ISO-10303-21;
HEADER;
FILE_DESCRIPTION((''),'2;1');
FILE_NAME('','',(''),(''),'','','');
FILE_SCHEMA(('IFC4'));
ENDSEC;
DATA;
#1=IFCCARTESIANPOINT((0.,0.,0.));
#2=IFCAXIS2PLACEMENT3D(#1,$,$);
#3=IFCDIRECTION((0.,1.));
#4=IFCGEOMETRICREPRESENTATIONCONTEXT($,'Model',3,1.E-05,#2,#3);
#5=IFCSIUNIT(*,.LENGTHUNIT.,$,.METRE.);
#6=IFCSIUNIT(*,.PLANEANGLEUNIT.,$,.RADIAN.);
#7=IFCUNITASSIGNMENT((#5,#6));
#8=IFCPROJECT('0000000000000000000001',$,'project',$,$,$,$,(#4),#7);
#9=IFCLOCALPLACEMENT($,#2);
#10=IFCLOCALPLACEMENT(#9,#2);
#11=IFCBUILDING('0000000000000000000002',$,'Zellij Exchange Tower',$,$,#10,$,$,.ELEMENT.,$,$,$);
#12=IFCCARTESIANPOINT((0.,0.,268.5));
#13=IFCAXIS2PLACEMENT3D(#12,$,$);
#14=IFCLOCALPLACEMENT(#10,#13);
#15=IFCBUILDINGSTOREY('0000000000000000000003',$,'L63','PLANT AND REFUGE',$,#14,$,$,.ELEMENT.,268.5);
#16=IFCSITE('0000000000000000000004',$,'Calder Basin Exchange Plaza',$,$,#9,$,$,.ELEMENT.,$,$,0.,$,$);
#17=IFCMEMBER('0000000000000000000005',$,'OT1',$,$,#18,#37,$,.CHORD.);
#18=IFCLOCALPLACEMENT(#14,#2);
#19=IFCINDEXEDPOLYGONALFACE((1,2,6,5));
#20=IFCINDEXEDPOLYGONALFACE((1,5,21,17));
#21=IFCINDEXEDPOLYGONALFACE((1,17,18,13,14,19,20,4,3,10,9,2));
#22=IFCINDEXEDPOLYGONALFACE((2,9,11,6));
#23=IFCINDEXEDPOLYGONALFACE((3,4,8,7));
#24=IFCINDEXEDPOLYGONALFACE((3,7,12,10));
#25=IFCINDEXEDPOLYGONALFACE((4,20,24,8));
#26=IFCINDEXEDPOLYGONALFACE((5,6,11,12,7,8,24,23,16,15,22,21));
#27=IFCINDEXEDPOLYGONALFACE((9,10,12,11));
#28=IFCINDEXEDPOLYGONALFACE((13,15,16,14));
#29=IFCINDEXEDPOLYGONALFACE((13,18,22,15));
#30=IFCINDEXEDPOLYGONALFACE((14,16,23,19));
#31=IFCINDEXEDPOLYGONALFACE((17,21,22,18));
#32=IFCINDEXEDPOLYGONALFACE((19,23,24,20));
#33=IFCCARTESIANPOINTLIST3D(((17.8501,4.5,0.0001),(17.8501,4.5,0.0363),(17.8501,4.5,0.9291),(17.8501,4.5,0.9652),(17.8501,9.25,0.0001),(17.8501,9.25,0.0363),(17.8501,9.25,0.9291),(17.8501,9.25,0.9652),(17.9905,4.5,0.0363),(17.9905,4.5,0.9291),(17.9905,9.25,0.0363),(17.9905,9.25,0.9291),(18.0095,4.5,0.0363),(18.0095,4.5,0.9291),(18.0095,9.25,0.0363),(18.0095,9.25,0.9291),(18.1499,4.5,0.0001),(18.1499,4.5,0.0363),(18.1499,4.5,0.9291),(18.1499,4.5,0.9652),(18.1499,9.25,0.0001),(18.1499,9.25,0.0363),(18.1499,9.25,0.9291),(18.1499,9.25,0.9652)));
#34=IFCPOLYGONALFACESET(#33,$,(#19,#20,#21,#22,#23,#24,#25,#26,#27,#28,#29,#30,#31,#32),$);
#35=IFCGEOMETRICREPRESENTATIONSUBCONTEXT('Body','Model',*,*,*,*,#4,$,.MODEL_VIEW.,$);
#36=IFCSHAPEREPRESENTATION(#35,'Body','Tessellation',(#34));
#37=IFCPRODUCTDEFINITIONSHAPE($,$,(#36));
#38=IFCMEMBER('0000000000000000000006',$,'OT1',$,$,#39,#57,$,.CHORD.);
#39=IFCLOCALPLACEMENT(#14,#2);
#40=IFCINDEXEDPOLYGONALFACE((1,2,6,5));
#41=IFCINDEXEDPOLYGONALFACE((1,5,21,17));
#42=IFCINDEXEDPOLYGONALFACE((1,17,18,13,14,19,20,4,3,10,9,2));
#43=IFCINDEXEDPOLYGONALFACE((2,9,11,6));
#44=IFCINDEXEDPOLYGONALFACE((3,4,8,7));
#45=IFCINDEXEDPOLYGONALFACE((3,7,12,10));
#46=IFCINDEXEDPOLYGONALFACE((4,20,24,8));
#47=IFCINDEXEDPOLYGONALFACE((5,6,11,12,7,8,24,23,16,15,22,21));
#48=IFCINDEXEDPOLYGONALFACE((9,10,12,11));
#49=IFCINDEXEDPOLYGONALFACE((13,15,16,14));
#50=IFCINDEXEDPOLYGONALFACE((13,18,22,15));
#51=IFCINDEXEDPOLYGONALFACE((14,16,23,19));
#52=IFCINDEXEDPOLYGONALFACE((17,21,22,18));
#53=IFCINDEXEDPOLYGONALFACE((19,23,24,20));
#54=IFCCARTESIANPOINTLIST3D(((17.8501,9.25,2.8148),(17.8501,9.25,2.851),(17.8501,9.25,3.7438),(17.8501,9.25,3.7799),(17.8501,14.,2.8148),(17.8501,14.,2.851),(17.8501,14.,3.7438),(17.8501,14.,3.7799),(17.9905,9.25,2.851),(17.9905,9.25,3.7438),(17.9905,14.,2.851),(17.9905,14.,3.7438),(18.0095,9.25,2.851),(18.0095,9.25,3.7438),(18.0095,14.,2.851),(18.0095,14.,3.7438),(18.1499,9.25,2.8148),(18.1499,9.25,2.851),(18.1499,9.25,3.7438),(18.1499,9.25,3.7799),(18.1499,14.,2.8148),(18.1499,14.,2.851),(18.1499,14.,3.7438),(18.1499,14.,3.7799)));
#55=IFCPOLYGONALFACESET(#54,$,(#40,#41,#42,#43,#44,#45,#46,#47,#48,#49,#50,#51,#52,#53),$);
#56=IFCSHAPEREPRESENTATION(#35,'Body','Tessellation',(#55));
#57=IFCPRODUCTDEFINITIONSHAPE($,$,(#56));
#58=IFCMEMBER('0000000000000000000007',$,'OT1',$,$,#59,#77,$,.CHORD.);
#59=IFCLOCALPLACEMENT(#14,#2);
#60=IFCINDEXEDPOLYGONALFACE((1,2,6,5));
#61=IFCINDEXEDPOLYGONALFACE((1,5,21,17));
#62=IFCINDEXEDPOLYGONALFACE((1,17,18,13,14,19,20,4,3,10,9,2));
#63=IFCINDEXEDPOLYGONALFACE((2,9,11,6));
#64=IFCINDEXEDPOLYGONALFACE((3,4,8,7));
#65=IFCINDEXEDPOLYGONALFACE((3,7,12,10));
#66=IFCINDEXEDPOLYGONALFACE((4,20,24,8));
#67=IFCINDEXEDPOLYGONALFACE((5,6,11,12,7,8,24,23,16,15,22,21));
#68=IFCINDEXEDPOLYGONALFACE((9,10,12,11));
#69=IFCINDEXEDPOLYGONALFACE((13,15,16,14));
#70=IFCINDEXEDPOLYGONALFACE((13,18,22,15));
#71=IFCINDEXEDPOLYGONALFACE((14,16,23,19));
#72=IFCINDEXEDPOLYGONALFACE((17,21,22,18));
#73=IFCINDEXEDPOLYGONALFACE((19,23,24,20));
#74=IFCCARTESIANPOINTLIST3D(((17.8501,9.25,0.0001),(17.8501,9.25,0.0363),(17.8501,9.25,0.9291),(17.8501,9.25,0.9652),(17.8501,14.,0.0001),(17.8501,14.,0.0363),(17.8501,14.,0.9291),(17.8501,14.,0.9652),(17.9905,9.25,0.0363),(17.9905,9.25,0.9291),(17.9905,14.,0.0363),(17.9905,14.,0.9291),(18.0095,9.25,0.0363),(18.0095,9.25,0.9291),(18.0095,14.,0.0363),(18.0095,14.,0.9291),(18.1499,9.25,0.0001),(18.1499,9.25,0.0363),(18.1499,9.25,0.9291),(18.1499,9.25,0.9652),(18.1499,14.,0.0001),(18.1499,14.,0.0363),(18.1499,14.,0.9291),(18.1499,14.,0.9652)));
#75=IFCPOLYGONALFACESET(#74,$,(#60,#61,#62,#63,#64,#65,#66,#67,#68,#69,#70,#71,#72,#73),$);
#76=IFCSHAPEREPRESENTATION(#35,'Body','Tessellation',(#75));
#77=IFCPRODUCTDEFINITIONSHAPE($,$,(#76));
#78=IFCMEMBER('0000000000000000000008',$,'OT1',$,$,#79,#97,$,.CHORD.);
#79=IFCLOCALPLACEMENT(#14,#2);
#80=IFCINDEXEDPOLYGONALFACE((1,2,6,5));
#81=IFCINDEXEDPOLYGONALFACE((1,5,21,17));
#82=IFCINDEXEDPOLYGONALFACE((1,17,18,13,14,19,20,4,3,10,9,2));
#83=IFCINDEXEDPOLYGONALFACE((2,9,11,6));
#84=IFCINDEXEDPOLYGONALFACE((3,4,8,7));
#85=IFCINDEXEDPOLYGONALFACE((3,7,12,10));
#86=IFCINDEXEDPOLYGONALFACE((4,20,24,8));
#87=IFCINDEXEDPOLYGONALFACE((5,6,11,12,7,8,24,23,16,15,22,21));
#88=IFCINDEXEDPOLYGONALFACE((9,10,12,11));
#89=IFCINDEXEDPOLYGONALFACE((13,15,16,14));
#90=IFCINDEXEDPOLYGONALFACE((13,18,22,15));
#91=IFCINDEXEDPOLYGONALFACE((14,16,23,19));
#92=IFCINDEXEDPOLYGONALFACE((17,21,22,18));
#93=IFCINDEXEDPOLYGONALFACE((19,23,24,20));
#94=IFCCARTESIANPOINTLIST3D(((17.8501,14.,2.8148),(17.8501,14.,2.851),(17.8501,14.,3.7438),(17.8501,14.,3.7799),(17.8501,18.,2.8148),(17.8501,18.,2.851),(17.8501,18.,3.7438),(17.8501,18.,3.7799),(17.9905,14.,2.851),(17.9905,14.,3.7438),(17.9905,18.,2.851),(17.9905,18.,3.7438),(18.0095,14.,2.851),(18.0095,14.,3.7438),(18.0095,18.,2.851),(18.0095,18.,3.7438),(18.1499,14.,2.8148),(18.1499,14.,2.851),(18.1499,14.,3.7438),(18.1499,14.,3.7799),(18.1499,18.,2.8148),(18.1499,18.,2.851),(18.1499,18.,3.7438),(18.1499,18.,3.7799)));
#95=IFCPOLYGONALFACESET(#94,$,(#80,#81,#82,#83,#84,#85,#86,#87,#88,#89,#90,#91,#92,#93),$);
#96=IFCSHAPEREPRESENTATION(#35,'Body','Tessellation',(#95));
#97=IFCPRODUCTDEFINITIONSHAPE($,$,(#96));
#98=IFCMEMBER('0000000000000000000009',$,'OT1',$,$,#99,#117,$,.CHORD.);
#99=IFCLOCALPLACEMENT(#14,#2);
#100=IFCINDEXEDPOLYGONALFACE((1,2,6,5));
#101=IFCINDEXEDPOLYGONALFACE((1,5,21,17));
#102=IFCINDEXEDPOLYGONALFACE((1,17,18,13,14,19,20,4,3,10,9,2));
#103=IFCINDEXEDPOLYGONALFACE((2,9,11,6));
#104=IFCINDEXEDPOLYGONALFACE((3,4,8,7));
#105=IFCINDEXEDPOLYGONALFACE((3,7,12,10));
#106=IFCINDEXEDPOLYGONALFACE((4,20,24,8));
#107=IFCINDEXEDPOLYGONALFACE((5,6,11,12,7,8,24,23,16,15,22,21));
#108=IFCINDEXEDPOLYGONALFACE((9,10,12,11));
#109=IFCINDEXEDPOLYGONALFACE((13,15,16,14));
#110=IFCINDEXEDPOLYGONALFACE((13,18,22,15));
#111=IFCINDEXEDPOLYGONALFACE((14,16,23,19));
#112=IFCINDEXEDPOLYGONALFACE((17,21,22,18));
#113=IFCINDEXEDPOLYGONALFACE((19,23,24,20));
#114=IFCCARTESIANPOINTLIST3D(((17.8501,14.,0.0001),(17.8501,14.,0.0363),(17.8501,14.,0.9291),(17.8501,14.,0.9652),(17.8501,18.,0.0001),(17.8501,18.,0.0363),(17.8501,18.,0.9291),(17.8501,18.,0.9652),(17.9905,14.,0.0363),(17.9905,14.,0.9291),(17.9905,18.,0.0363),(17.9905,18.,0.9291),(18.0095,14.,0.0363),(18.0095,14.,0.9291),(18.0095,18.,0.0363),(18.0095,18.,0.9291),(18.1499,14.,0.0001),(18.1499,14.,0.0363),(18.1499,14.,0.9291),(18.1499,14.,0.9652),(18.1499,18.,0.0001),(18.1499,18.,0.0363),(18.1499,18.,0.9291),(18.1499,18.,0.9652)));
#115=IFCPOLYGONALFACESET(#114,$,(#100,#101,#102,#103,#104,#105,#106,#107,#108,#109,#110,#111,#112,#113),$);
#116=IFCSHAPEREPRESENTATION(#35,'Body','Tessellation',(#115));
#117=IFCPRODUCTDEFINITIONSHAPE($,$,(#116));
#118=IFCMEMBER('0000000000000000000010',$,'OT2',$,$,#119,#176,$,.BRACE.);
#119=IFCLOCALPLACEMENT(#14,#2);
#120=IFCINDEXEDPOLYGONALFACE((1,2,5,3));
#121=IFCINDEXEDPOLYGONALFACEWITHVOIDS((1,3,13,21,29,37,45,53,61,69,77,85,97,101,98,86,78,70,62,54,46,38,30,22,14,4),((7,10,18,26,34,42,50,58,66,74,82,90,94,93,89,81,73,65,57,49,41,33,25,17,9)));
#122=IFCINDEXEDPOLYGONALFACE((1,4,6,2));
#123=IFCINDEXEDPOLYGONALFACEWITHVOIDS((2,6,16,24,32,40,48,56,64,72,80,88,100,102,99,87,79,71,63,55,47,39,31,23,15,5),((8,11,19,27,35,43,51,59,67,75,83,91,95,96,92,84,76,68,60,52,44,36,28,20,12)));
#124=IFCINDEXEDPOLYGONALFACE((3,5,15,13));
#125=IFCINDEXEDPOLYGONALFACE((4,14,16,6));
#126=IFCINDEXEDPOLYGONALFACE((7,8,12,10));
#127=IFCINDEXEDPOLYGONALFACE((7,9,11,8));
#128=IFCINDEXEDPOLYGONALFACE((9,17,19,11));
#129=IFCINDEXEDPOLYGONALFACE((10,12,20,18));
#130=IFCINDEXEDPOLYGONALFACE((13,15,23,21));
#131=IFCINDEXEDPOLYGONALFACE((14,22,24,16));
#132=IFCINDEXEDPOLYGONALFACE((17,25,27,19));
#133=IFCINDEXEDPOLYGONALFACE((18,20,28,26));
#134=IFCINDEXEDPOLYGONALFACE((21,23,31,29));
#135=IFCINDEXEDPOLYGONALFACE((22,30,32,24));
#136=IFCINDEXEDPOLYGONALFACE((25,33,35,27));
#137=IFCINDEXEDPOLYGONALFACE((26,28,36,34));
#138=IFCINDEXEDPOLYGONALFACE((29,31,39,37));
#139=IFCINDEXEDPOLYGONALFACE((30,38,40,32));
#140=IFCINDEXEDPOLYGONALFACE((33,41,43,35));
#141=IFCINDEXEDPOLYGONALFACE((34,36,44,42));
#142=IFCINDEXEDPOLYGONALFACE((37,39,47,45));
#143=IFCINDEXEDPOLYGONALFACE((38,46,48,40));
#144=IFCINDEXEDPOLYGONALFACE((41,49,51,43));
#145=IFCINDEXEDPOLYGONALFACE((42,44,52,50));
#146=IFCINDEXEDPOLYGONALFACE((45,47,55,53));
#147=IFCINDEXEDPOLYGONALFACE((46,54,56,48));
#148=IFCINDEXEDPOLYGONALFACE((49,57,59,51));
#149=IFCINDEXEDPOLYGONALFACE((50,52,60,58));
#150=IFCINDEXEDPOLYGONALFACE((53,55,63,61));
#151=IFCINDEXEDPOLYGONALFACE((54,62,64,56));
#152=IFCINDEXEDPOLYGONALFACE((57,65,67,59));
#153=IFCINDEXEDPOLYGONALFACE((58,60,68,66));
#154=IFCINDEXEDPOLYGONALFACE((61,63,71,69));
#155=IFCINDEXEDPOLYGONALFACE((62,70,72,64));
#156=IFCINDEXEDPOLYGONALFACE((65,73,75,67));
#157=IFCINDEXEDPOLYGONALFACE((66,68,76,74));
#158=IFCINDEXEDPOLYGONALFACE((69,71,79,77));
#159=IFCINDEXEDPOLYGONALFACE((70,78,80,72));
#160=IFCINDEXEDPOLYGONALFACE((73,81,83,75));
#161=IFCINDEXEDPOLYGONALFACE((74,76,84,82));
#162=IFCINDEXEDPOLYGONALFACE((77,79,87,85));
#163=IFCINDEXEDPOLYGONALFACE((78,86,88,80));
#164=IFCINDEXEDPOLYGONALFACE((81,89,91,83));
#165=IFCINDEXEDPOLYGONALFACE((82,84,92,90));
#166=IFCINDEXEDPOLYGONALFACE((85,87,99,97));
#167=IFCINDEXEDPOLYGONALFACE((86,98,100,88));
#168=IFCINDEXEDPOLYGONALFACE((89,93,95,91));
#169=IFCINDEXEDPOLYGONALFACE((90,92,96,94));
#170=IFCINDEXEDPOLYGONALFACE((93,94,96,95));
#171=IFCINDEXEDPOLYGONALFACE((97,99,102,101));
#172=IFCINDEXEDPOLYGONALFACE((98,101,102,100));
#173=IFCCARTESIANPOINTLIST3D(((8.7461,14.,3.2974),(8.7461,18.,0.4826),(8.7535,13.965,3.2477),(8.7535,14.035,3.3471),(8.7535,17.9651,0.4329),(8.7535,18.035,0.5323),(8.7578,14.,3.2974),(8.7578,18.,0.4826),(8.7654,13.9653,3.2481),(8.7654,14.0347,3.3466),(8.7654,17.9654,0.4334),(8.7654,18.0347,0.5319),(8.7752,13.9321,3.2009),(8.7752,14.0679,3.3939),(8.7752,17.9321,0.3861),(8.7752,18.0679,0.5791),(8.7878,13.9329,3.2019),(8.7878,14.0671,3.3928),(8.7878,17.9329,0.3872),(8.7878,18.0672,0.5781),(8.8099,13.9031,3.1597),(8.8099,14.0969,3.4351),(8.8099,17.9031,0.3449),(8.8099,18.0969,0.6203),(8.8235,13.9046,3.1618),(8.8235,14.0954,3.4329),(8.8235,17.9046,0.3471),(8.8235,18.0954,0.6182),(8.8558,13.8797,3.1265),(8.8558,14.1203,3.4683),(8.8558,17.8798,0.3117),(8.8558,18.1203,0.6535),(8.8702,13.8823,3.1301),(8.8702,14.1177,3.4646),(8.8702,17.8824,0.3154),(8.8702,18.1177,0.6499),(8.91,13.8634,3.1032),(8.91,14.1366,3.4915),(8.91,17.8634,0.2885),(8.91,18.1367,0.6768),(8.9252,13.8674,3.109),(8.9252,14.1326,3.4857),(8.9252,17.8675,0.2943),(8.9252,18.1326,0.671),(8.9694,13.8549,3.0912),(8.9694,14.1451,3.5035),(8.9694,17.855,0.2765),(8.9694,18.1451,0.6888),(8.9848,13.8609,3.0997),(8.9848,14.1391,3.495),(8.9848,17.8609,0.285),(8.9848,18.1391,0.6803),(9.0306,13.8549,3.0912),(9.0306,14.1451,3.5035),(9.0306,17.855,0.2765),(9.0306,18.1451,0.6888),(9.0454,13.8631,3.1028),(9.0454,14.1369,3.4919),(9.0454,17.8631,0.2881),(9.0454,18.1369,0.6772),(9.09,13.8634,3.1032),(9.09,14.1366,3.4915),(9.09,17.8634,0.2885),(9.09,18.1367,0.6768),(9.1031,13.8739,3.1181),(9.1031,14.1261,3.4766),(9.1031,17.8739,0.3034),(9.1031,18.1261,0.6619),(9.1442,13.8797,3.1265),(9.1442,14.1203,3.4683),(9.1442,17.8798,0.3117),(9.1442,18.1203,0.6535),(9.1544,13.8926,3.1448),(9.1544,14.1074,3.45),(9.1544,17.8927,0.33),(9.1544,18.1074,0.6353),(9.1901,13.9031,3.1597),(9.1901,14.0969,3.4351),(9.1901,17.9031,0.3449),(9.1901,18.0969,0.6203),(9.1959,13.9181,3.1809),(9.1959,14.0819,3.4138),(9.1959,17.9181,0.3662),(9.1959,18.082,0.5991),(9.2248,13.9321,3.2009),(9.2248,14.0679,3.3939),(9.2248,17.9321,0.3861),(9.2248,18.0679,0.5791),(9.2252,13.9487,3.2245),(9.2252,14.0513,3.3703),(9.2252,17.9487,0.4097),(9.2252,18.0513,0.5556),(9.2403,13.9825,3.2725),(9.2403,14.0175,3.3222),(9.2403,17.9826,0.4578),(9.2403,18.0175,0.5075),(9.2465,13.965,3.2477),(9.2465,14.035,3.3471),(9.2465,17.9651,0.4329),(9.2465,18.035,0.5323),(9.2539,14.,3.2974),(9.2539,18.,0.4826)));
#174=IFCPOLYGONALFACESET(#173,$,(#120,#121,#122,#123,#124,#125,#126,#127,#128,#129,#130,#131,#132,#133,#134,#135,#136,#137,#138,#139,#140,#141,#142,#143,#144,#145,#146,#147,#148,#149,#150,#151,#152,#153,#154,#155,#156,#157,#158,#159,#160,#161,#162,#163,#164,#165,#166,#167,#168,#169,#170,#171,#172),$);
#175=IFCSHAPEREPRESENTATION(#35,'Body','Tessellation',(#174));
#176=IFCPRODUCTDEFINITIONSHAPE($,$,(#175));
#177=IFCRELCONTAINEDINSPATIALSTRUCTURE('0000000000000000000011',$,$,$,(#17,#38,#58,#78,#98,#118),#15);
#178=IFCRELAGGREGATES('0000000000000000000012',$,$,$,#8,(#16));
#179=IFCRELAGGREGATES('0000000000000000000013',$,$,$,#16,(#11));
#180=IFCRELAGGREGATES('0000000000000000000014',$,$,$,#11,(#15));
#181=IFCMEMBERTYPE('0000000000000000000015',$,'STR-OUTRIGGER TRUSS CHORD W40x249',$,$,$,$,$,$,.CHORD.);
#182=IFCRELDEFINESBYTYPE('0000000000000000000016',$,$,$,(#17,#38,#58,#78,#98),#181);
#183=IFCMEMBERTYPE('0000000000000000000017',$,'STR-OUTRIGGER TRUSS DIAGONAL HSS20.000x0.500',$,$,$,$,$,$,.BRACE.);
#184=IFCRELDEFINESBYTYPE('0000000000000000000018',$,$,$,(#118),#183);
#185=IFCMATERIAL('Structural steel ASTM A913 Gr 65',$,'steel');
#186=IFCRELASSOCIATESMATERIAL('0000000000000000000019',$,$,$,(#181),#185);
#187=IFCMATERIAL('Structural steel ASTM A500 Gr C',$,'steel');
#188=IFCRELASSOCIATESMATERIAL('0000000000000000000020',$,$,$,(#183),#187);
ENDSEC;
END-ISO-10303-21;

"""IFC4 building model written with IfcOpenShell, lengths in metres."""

from ifc_helpers import new_model, si_unit, direction, frame, origin, origin_2d, place, context, subcontext, project, spatial, hollow_circle, i_section, extrude, material, material_profile, profile_set, type_object, element, save


model = new_model("IFC4")

# Units and contexts
model_context = context("Model", 3, precision=1e-05, world=origin(), true_north=direction((0.0, 1.0)))
body_context = subcontext(model_context, "Body", "Model", "MODEL_VIEW")
ifc_project = project(units=[si_unit("LENGTHUNIT", "METRE"), si_unit("PLANEANGLEUNIT", "RADIAN")], contexts=[model_context])

# Site, building, storey
site_placement = place(None, origin())
site = spatial("IfcSite", under=ifc_project, at=site_placement, Name="Calder Basin Exchange Plaza", CompositionType="ELEMENT", RefElevation=0.0)
building_placement = place(site_placement, origin())
building = spatial("IfcBuilding", under=site, at=building_placement, Name="Zellij Exchange Tower", CompositionType="ELEMENT")
storey_placement = place(building_placement, frame((0.0, 0.0, 268.5)))
storey = spatial("IfcBuildingStorey", under=building, at=storey_placement, Name="L63", Description="PLANT AND REFUGE", CompositionType="ELEMENT", Elevation=268.5)

# Members
ifc_material_1 = material(Name="Structural steel ASTM A913 Gr 65", Category="steel")
ifc_material_profile_1 = material_profile(ifc_material_1, i_section(OverallWidth=0.2998, OverallDepth=0.9651, WebThickness=0.019, FlangeThickness=0.0361, at=origin_2d()), Name="W40x249")
ifc_profile_set_1 = profile_set([ifc_material_profile_1], Name="Structural steel ASTM A913 Gr 65")
member_type_1 = type_object("IfcMemberType", Name="STR-OUTRIGGER TRUSS CHORD W40x249", PredefinedType="CHORD", material=ifc_profile_set_1)
for number, where, z_axis, x_axis, name in (
    (1, (18.0, 4.5, 0.4827), (0.0, 1.0, 0.0), (-1.0, 0.0, 0.0), "OT1"),
    (2, (18.0, 9.25, 3.2974), (0.0, 1.0, 0.0), (-1.0, 0.0, 0.0), "OT1"),
    (3, (18.0, 9.25, 0.4827), (0.0, 1.0, 0.0), (-1.0, 0.0, 0.0), "OT1"),
):
    element("IfcMember", number, at=place(storey_placement, frame(where, z_axis=z_axis, x_axis=x_axis)), inside=storey, type_object=member_type_1, Name=name, PredefinedType="CHORD", context=body_context, shape_type="SweptSolid", body=[
        extrude(i_section(OverallWidth=0.2998, OverallDepth=0.9651, WebThickness=0.019, FlangeThickness=0.0361, at=origin_2d()), origin(), (0.0, 0.0, 1.0), 4.75),
    ])
for number, where, z_axis, x_axis, name in (
    (4, (18.0, 14.0, 3.2974), (0.0, 1.0, 0.0), (-1.0, 0.0, 0.0), "OT1"),
    (5, (18.0, 14.0, 0.4827), (0.0, 1.0, 0.0), (-1.0, 0.0, 0.0), "OT1"),
):
    element("IfcMember", number, at=place(storey_placement, frame(where, z_axis=z_axis, x_axis=x_axis)), inside=storey, type_object=member_type_1, Name=name, PredefinedType="CHORD", context=body_context, shape_type="SweptSolid", body=[
        extrude(i_section(OverallWidth=0.2998, OverallDepth=0.9651, WebThickness=0.019, FlangeThickness=0.0361, at=origin_2d()), origin(), (0.0, 0.0, 1.0), 4.0),
    ])
ifc_material_2 = material(Name="Structural steel ASTM A500 Gr C", Category="steel")
ifc_material_profile_2 = material_profile(ifc_material_2, hollow_circle(Radius=0.2539, WallThickness=0.0117, at=origin_2d()), Name="STR-OUTRIGGER TRUSS DIAGONAL HSS20.000x0.500")
ifc_profile_set_2 = profile_set([ifc_material_profile_2], Name="Structural steel ASTM A500 Gr C")
member_type_2 = type_object("IfcMemberType", Name="STR-OUTRIGGER TRUSS DIAGONAL HSS20.000x0.500", PredefinedType="BRACE", material=ifc_profile_set_2)
member_1_placement = place(storey_placement, frame((9.0, 14.0, 3.2974), z_axis=(0.0, 0.817818, -0.575477), x_axis=(-1.0, 0.0, 0.0)))
element("IfcMember", 6, at=member_1_placement, inside=storey, type_object=member_type_2, Name="OT2", PredefinedType="BRACE", context=body_context, shape_type="SweptSolid", body=[
    extrude(hollow_circle(Radius=0.2539, WallThickness=0.0117, at=origin_2d()), origin(), (0.0, 0.0, 1.0), 4.8911),
])

save(model, "model.ifc")
